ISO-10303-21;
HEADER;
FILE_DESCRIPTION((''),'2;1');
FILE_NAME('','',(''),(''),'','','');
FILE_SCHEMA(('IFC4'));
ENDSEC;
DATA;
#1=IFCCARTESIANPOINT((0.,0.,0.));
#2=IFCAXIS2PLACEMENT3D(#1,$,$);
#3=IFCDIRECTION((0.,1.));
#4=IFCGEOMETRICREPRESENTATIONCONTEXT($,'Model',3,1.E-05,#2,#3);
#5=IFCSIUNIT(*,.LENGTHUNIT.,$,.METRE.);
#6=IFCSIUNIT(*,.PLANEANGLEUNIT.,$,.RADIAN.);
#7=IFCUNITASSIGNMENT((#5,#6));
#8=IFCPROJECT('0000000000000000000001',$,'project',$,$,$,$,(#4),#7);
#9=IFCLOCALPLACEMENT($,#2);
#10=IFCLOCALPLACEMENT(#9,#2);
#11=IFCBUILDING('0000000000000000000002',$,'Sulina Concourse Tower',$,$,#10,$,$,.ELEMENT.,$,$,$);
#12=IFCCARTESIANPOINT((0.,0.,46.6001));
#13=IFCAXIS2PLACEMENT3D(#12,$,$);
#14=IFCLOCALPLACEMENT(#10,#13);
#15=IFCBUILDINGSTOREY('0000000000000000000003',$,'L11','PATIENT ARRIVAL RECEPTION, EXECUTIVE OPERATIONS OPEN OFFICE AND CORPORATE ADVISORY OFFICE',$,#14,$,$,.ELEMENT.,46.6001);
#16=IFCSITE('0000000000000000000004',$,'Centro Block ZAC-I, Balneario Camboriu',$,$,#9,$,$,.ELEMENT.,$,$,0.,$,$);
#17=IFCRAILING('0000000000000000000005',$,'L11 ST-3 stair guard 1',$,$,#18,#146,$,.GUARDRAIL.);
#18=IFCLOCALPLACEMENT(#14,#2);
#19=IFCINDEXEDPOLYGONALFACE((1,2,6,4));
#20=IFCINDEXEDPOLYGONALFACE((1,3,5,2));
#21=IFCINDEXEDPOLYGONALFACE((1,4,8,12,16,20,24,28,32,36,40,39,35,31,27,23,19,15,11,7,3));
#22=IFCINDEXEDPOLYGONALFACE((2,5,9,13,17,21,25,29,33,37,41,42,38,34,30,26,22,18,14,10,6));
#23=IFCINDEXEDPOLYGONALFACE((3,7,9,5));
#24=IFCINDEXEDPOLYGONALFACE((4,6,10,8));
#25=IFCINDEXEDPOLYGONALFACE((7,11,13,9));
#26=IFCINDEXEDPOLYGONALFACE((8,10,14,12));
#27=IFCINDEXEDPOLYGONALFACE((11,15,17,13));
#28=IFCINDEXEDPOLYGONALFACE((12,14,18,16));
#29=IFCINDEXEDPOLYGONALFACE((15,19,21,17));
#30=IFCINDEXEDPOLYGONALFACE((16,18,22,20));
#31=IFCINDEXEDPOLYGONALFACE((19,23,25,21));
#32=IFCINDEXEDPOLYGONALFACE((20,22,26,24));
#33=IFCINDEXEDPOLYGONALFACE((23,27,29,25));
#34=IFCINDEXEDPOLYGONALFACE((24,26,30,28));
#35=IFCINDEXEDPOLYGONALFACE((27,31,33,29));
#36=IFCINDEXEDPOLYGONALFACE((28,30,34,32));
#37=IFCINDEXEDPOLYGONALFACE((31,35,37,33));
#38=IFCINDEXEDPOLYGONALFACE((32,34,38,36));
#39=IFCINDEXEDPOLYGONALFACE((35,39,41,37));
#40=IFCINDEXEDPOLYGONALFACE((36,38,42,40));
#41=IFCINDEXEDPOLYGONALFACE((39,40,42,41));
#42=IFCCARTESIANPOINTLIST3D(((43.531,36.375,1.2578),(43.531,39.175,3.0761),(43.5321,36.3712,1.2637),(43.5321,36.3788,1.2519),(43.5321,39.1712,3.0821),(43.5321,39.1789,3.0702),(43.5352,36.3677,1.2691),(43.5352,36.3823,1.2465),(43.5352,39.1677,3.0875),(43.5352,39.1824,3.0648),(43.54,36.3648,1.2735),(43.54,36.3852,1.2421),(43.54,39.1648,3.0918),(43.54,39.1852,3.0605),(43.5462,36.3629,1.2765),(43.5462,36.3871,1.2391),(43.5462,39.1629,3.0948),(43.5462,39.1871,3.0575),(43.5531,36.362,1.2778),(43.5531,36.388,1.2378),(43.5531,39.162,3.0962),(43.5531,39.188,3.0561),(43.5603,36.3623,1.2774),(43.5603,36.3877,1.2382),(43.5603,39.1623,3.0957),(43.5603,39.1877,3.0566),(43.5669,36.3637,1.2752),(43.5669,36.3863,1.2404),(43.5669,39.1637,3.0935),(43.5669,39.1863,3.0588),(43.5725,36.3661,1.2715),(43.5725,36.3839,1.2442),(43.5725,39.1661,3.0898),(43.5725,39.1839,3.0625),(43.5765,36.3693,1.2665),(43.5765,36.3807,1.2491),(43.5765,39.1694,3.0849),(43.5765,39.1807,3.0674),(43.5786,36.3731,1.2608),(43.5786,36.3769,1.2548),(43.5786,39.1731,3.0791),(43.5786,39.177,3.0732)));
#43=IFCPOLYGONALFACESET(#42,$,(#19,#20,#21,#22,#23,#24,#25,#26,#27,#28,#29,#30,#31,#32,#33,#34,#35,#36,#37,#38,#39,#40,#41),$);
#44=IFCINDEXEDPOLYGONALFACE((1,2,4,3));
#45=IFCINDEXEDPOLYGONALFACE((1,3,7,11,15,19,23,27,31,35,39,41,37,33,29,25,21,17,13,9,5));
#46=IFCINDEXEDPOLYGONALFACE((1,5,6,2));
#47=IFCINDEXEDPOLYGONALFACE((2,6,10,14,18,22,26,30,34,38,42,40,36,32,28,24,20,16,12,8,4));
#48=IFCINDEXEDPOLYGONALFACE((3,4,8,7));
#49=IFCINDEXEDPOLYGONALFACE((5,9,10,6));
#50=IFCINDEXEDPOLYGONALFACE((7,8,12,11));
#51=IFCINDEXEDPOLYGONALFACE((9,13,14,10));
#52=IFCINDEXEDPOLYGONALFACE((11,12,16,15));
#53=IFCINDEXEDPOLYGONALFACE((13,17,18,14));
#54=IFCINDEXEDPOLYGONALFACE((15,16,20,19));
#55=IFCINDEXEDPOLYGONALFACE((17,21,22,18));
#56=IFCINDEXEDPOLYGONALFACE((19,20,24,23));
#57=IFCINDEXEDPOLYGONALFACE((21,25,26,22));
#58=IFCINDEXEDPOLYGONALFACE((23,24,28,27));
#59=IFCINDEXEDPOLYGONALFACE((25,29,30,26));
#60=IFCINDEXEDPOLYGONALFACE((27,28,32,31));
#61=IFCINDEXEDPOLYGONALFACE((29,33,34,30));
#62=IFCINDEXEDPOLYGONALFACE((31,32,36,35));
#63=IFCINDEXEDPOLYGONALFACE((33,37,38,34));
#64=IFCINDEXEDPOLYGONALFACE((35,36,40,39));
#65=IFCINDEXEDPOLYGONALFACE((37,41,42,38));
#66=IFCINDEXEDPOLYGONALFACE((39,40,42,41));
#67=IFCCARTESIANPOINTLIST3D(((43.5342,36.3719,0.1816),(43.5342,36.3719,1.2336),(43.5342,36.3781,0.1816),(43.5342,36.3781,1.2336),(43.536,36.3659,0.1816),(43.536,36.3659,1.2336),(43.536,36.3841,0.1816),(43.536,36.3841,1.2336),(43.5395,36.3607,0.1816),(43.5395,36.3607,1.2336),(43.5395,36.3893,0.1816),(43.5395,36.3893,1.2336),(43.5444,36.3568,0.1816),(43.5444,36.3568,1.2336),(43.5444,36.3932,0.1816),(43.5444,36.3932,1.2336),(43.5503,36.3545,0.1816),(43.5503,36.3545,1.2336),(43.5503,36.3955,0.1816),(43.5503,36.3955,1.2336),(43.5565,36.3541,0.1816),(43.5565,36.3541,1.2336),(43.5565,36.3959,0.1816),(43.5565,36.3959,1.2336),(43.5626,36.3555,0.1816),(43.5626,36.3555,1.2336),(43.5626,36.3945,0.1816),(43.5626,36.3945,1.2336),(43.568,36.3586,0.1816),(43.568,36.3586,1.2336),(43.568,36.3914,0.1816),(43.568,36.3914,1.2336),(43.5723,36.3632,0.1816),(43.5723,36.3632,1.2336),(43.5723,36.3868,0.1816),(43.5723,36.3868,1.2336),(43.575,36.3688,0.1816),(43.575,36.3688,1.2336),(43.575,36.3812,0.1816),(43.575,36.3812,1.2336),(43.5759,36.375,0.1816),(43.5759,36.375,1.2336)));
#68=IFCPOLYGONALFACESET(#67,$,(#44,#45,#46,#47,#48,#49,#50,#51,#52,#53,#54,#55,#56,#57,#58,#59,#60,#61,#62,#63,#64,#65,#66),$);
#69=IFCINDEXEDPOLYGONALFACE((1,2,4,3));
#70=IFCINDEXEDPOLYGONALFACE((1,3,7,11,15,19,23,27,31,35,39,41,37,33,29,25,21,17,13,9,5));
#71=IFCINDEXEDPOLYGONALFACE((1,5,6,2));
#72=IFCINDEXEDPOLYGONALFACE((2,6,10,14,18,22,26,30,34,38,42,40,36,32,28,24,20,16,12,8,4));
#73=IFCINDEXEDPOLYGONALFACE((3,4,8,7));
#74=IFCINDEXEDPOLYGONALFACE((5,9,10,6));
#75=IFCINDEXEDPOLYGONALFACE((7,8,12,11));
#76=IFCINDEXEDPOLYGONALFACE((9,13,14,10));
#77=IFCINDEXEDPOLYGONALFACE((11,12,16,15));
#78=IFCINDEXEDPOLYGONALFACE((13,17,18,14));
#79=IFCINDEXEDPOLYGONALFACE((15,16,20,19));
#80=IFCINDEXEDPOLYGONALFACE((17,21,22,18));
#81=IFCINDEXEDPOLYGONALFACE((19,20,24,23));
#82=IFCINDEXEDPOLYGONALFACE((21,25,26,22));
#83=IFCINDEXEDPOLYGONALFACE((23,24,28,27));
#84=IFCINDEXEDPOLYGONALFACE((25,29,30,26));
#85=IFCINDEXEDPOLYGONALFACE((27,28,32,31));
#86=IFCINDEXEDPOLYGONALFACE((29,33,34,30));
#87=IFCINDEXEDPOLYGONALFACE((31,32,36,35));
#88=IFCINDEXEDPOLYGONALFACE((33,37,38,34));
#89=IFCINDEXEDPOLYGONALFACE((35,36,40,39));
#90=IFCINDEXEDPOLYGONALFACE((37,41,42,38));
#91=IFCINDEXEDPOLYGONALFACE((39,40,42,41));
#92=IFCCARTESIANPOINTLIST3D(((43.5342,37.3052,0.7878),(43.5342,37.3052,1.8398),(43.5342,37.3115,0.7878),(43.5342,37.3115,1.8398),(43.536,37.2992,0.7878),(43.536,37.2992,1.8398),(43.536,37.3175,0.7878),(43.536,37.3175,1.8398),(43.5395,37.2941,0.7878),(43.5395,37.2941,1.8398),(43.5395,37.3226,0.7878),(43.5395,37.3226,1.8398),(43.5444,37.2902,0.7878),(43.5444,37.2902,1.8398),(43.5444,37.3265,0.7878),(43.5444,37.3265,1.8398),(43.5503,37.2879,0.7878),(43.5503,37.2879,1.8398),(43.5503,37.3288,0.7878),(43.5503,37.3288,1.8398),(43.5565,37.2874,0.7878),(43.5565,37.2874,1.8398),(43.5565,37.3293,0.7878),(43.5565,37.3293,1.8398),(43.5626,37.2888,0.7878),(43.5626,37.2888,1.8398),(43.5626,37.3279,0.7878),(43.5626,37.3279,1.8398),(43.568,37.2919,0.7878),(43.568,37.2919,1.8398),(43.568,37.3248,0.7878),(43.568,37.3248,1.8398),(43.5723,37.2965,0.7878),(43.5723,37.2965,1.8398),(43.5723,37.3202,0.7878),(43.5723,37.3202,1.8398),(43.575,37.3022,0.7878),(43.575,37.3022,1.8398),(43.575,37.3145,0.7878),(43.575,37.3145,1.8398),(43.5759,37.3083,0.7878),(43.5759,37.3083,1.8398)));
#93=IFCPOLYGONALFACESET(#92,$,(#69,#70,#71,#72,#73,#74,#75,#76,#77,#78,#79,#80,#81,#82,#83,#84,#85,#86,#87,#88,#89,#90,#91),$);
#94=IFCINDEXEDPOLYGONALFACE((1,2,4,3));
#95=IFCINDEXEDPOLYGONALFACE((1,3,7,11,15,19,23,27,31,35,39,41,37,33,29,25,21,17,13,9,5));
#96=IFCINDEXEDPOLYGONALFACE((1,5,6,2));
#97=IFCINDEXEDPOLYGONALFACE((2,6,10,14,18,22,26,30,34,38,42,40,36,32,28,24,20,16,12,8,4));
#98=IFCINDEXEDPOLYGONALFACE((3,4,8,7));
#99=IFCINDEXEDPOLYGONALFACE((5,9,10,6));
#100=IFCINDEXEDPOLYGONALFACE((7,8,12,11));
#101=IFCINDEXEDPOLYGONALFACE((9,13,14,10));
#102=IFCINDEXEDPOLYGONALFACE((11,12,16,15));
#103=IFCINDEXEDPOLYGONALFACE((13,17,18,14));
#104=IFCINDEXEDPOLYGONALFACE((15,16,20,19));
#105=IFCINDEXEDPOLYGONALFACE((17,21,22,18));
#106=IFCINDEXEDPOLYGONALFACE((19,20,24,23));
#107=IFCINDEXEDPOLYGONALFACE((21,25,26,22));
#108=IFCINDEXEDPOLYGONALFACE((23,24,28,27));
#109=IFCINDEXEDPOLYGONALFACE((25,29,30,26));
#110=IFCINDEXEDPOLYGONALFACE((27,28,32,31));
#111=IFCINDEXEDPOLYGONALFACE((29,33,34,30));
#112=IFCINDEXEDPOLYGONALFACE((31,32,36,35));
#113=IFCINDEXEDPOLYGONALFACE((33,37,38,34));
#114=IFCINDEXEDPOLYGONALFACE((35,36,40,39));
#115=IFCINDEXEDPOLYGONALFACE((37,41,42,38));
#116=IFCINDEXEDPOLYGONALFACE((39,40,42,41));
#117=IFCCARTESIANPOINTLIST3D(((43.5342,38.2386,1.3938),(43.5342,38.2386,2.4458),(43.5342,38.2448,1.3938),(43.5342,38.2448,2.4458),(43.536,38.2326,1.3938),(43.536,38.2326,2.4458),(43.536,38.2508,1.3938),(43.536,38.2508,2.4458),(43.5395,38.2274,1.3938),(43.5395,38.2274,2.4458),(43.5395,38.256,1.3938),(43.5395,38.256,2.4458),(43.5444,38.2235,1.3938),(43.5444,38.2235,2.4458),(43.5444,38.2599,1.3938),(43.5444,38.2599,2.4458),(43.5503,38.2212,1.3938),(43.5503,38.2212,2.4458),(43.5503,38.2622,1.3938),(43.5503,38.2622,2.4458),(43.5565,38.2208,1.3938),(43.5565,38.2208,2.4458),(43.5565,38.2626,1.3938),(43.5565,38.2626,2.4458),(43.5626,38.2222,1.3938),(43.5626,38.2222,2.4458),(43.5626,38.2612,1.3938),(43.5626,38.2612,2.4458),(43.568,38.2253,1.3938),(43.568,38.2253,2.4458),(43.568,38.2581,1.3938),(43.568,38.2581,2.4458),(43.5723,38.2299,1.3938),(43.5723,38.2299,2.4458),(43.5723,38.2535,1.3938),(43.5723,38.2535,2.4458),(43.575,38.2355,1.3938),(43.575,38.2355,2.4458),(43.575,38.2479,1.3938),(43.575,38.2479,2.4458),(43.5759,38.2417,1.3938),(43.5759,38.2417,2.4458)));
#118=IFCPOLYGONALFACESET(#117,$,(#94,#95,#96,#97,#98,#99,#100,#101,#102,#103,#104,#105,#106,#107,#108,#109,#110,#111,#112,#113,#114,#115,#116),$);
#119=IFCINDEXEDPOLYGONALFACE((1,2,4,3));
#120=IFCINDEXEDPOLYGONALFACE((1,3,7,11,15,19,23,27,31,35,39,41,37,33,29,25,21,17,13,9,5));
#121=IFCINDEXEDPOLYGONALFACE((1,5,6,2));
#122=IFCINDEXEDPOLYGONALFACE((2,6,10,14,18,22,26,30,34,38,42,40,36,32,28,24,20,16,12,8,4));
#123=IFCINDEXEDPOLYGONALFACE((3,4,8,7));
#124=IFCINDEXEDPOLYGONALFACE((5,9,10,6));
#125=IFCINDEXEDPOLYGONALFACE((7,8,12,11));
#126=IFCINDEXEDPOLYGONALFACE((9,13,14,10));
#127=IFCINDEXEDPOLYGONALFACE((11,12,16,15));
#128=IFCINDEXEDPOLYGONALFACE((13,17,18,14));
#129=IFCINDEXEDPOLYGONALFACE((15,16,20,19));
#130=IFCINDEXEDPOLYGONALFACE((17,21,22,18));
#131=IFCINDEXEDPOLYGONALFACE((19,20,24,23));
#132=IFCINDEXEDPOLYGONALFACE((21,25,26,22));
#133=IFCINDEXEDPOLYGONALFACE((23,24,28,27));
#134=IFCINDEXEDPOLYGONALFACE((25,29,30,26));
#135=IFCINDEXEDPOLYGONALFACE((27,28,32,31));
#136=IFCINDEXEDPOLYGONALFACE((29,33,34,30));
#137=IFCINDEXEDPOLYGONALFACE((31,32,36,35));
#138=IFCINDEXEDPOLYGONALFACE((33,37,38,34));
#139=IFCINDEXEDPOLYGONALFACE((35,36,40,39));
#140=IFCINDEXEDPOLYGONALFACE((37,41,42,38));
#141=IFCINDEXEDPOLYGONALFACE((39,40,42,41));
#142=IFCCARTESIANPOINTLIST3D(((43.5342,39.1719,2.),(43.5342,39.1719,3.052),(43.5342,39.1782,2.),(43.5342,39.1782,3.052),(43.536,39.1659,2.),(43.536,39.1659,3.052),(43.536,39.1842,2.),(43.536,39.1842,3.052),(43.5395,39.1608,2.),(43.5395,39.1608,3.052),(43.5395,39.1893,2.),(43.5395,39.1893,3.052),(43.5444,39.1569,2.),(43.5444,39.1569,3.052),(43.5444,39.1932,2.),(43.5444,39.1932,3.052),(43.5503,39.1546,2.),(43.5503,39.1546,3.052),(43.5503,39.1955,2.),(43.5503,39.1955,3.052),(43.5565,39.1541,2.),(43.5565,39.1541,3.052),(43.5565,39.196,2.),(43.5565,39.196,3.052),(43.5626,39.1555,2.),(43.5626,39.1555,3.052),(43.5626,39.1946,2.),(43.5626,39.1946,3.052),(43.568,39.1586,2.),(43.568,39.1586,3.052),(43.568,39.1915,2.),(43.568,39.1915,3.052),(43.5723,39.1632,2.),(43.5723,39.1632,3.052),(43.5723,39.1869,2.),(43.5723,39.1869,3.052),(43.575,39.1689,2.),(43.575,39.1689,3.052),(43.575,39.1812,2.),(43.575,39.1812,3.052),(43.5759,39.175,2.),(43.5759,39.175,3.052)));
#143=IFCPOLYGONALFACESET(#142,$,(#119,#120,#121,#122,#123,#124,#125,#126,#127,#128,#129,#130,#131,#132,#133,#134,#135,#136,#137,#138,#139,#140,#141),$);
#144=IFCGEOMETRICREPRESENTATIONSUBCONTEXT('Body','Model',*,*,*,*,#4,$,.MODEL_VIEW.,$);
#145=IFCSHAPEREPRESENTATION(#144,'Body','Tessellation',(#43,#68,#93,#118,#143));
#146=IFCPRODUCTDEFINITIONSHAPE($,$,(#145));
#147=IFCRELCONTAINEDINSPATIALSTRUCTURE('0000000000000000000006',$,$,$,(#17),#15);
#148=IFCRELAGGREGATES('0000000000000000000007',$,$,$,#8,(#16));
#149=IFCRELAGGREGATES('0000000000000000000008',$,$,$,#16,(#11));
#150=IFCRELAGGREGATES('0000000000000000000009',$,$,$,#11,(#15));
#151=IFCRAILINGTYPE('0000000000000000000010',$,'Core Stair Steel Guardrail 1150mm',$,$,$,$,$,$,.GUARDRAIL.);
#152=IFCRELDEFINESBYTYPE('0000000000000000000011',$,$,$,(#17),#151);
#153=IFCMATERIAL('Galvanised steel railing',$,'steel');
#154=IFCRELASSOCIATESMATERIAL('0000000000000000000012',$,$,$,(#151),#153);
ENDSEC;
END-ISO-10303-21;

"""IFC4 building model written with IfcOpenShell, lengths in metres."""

from ifc_helpers import new_model, si_unit, direction, frame, origin, origin_2d, place, context, subcontext, project, spatial, circle, extrude, material, type_object, element, save


model = new_model("IFC4")

# Units and contexts
model_context = context("Model", 3, precision=1e-05, world=origin(), true_north=direction((0.0, 1.0)))
body_context = subcontext(model_context, "Body", "Model", "MODEL_VIEW")
ifc_project = project(units=[si_unit("LENGTHUNIT", "METRE"), si_unit("PLANEANGLEUNIT", "RADIAN")], contexts=[model_context])

# Site, building, storey
site_placement = place(None, origin())
site = spatial("IfcSite", under=ifc_project, at=site_placement, Name="Centro Block ZAC-I, Balneario Camboriu", CompositionType="ELEMENT", RefElevation=0.0)
building_placement = place(site_placement, origin())
building = spatial("IfcBuilding", under=site, at=building_placement, Name="Sulina Concourse Tower", CompositionType="ELEMENT")
storey_placement = place(building_placement, frame((0.0, 0.0, 46.6001)))
storey = spatial("IfcBuildingStorey", under=building, at=storey_placement, Name="L11", Description="PATIENT ARRIVAL RECEPTION, EXECUTIVE OPERATIONS OPEN OFFICE AND CORPORATE ADVISORY OFFICE", CompositionType="ELEMENT", Elevation=46.6001)

# Railing
ifc_material_1 = material(Name="Galvanised steel railing", Category="steel")
railing_type = type_object("IfcRailingType", Name="Core Stair Steel Guardrail 1150mm", PredefinedType="GUARDRAIL", material=ifc_material_1)
railing_1_placement = place(storey_placement, frame((43.5549, 36.375, 0.1816)))
element("IfcRailing", 1, at=railing_1_placement, inside=storey, type_object=railing_type, Name="L11 ST-3 stair guard 1", PredefinedType="GUARDRAIL", context=body_context, shape_type="SweptSolid", body=[
    extrude(circle(Radius=0.0239, at=origin_2d()), frame((0.0, 0.0, 1.0762), z_axis=(0.0, 0.838672, 0.544636), x_axis=(-1.0, 0.0, 0.0)), (0.0, 0.0, 1.0), 3.3386),
    extrude(circle(Radius=0.021, at=origin_2d()), origin(), (0.0, 0.0, 1.0), 1.052),
    extrude(circle(Radius=0.021, at=origin_2d()), frame((0.0, 0.9333, 0.6062)), (0.0, 0.0, 1.0), 1.052),
    extrude(circle(Radius=0.021, at=origin_2d()), frame((0.0, 1.8667, 1.2122)), (0.0, 0.0, 1.0), 1.052),
    extrude(circle(Radius=0.021, at=origin_2d()), frame((0.0, 2.8, 1.8184)), (0.0, 0.0, 1.0), 1.052),
])

save(model, "model.ifc")
